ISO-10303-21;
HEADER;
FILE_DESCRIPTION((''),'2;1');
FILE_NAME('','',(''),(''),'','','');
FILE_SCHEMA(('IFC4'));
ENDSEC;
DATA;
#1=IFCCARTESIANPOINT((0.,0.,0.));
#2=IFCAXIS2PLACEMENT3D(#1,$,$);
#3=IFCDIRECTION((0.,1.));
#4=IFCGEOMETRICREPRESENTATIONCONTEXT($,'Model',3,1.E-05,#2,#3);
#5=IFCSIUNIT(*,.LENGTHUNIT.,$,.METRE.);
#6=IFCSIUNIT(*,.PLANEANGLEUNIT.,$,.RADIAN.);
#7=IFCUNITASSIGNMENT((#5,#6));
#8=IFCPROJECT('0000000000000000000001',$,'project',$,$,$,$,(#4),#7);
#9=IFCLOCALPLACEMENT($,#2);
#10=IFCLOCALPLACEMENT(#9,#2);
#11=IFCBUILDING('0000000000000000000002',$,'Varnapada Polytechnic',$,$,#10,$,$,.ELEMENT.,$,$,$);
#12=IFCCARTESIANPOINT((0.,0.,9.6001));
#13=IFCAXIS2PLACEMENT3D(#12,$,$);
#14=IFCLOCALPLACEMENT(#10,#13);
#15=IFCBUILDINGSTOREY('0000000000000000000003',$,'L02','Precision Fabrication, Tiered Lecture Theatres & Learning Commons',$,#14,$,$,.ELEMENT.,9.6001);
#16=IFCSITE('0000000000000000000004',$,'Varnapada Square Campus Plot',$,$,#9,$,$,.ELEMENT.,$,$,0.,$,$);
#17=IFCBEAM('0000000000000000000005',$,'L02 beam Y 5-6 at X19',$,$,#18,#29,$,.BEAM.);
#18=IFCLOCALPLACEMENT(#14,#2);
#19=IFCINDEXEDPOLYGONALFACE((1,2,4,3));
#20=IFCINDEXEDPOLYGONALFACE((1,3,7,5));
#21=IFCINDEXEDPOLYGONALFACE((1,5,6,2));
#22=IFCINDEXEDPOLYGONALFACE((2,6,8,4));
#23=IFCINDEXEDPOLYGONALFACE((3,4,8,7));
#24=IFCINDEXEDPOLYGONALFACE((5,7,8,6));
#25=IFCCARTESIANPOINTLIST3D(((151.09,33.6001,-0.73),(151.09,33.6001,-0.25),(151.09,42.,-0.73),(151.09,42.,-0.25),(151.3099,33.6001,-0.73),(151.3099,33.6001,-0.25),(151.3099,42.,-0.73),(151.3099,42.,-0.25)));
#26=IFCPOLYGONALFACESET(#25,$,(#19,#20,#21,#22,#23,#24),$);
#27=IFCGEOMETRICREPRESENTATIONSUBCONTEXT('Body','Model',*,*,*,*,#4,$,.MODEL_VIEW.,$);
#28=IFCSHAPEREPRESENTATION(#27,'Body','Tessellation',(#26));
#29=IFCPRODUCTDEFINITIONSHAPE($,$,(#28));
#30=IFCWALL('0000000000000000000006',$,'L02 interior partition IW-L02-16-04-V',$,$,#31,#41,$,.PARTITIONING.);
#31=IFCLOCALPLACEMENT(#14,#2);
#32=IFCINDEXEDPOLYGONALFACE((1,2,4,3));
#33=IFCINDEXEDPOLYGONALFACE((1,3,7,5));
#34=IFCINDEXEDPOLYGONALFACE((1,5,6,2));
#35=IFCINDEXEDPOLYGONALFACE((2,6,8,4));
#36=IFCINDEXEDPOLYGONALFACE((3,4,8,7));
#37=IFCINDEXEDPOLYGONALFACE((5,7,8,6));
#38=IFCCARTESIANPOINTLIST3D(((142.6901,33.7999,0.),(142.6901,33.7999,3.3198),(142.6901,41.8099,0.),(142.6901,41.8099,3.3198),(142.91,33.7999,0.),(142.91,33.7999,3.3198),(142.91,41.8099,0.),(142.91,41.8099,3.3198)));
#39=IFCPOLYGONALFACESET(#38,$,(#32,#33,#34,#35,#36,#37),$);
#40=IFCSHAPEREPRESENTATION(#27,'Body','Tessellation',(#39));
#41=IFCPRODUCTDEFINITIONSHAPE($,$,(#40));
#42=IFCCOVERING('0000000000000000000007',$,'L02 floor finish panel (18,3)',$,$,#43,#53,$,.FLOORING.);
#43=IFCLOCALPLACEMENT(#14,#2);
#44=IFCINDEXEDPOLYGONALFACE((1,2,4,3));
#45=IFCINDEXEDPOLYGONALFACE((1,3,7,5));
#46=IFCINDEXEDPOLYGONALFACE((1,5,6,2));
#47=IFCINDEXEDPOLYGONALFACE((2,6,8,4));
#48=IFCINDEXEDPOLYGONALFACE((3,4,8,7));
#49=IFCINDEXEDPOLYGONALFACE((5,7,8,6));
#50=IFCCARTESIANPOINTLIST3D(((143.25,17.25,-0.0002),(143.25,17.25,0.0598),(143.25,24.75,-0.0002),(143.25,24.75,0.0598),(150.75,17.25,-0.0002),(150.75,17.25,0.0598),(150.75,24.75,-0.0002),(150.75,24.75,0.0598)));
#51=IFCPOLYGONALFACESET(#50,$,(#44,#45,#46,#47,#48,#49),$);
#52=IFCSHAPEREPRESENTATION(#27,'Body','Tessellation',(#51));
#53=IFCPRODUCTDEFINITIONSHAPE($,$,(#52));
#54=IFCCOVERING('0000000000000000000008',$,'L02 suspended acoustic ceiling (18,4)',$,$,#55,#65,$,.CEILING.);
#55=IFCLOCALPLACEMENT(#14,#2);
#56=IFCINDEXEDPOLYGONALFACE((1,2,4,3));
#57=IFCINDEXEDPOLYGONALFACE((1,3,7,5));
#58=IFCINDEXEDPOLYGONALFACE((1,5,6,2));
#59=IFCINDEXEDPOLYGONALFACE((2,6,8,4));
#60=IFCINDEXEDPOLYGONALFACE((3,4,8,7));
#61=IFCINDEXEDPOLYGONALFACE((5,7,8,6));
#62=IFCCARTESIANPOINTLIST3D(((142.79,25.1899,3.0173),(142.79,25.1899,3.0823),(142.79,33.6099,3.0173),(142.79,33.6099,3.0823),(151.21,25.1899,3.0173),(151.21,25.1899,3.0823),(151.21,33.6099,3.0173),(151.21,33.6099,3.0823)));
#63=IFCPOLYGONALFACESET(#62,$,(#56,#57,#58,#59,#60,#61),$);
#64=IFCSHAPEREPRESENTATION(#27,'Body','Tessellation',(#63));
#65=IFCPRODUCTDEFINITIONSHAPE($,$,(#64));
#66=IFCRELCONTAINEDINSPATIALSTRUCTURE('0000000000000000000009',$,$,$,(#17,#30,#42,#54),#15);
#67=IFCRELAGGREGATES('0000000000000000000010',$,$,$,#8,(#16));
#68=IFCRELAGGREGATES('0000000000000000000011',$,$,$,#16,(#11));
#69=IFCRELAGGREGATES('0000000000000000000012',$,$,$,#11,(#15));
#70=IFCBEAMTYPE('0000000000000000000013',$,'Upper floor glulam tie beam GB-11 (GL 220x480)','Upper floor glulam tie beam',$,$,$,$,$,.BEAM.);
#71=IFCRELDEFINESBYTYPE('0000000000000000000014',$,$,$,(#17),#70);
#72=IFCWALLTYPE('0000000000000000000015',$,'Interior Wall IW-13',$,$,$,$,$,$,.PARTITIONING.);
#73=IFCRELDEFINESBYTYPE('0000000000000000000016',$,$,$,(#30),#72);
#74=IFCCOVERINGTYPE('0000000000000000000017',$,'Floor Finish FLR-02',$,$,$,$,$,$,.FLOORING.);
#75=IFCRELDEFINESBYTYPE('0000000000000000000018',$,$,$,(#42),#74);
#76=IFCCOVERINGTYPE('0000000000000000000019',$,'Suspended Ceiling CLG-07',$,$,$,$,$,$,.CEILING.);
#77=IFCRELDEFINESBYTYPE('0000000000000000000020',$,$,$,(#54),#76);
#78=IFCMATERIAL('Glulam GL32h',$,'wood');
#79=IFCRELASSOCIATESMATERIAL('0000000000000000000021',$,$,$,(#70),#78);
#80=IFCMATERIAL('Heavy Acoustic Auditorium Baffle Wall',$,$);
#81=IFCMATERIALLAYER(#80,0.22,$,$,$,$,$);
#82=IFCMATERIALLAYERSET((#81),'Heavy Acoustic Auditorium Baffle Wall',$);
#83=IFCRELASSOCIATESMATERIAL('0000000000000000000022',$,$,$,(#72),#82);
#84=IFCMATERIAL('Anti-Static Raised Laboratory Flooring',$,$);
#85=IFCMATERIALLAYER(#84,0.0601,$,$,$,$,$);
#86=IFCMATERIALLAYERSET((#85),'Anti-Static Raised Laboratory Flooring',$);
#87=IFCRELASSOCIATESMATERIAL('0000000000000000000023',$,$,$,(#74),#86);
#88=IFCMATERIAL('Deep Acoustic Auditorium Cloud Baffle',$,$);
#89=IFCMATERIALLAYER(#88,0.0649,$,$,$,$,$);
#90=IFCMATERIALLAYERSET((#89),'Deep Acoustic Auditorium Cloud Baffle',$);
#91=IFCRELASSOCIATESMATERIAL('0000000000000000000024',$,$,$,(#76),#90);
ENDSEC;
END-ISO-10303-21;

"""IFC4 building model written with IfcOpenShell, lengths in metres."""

from ifc_helpers import new_model, si_unit, direction, frame, frame_2d, origin, origin_2d, place, context, subcontext, project, spatial, rectangle, extrude, material, layer, layer_set, material_profile, profile_set, type_object, element, save


model = new_model("IFC4")

# Units and contexts
model_context = context("Model", 3, precision=1e-05, world=origin(), true_north=direction((0.0, 1.0)))
body_context = subcontext(model_context, "Body", "Model", "MODEL_VIEW")
ifc_project = project(units=[si_unit("LENGTHUNIT", "METRE"), si_unit("PLANEANGLEUNIT", "RADIAN")], contexts=[model_context])

# Site, building, storey
site_placement = place(None, origin())
site = spatial("IfcSite", under=ifc_project, at=site_placement, Name="Varnapada Square Campus Plot", CompositionType="ELEMENT", RefElevation=0.0)
building_placement = place(site_placement, origin())
building = spatial("IfcBuilding", under=site, at=building_placement, Name="Varnapada Polytechnic", CompositionType="ELEMENT")
storey_placement = place(building_placement, frame((0.0, 0.0, 9.6001)))
storey = spatial("IfcBuildingStorey", under=building, at=storey_placement, Name="L02", Description="Precision Fabrication, Tiered Lecture Theatres & Learning Commons", CompositionType="ELEMENT", Elevation=9.6001)

# Shared definitions
ifc_material_1 = material(Name="Glulam GL32h", Category="wood")

# Beam
ifc_material_profile_1 = material_profile(ifc_material_1, rectangle(XDim=0.22, YDim=0.48, at=origin_2d()), Name="GL 220x480")
ifc_profile_set_1 = profile_set([ifc_material_profile_1], Name="Glulam GL32h")
beam_type_1 = type_object("IfcBeamType", Name="Upper floor glulam tie beam GB-11 (GL 220x480)", Description="Upper floor glulam tie beam", PredefinedType="BEAM", material=ifc_profile_set_1)
beam_1_placement = place(storey_placement, frame((151.2, 33.6001, -0.49), z_axis=(0.0, 1.0, 0.0), x_axis=(-1.0, 0.0, 0.0)))
element("IfcBeam", 1, at=beam_1_placement, inside=storey, type_object=beam_type_1, Name="L02 beam Y 5-6 at X19", PredefinedType="BEAM", context=body_context, shape_type="SweptSolid", body=[
    extrude(rectangle(XDim=0.22, YDim=0.48, at=origin_2d()), origin(), (0.0, 0.0, 1.0), 8.3999),
])

# Wall
ifc_material_2 = material(Name="Heavy Acoustic Auditorium Baffle Wall")
ifc_layer_1 = layer(ifc_material_2, 0.22)
ifc_layer_set_1 = layer_set([ifc_layer_1], Name="Heavy Acoustic Auditorium Baffle Wall")
wall_type = type_object("IfcWallType", Name="Interior Wall IW-13", PredefinedType="PARTITIONING", material=ifc_layer_set_1)
wall_placement = place(storey_placement, frame((142.8, 33.8, 0.0), z_axis=(0.0, 0.0, 1.0), x_axis=(0.0, 1.0, 0.0)))
element("IfcWall", 2, at=wall_placement, inside=storey, type_object=wall_type, Name="L02 interior partition IW-L02-16-04-V", PredefinedType="PARTITIONING", context=body_context, shape_type="SweptSolid", body=[
    extrude(rectangle(XDim=8.01, YDim=0.22, at=frame_2d((4.0049, 0.0))), origin(), (0.0, 0.0, 1.0), 3.3198),
])

# Coverings
ifc_material_3 = material(Name="Anti-Static Raised Laboratory Flooring")
ifc_layer_2 = layer(ifc_material_3, 0.0601)
ifc_layer_set_2 = layer_set([ifc_layer_2], Name="Anti-Static Raised Laboratory Flooring")
covering_type_1 = type_object("IfcCoveringType", Name="Floor Finish FLR-02", PredefinedType="FLOORING", material=ifc_layer_set_2)
covering_1_placement = place(storey_placement, frame((147.0, 21.0, -0.0002), z_axis=(0.0, 0.0, 1.0), x_axis=(1.0, 0.0, 0.0)))
element("IfcCovering", 3, at=covering_1_placement, inside=storey, type_object=covering_type_1, Name="L02 floor finish panel (18,3)", PredefinedType="FLOORING", context=body_context, shape_type="SweptSolid", body=[
    extrude(rectangle(XDim=7.5, YDim=7.5, at=origin_2d()), origin(), (0.0, 0.0, 1.0), 0.0601),
])
ifc_material_4 = material(Name="Deep Acoustic Auditorium Cloud Baffle")
ifc_layer_3 = layer(ifc_material_4, 0.0649)
ifc_layer_set_3 = layer_set([ifc_layer_3], Name="Deep Acoustic Auditorium Cloud Baffle")
covering_type_2 = type_object("IfcCoveringType", Name="Suspended Ceiling CLG-07", PredefinedType="CEILING", material=ifc_layer_set_3)
covering_2_placement = place(storey_placement, frame((147.0, 29.3999, 3.0173), z_axis=(0.0, 0.0, 1.0), x_axis=(1.0, 0.0, 0.0)))
element("IfcCovering", 4, at=covering_2_placement, inside=storey, type_object=covering_type_2, Name="L02 suspended acoustic ceiling (18,4)", PredefinedType="CEILING", context=body_context, shape_type="SweptSolid", body=[
    extrude(rectangle(XDim=8.4199, YDim=8.4199, at=origin_2d()), origin(), (0.0, 0.0, 1.0), 0.0649),
])

save(model, "model.ifc")
